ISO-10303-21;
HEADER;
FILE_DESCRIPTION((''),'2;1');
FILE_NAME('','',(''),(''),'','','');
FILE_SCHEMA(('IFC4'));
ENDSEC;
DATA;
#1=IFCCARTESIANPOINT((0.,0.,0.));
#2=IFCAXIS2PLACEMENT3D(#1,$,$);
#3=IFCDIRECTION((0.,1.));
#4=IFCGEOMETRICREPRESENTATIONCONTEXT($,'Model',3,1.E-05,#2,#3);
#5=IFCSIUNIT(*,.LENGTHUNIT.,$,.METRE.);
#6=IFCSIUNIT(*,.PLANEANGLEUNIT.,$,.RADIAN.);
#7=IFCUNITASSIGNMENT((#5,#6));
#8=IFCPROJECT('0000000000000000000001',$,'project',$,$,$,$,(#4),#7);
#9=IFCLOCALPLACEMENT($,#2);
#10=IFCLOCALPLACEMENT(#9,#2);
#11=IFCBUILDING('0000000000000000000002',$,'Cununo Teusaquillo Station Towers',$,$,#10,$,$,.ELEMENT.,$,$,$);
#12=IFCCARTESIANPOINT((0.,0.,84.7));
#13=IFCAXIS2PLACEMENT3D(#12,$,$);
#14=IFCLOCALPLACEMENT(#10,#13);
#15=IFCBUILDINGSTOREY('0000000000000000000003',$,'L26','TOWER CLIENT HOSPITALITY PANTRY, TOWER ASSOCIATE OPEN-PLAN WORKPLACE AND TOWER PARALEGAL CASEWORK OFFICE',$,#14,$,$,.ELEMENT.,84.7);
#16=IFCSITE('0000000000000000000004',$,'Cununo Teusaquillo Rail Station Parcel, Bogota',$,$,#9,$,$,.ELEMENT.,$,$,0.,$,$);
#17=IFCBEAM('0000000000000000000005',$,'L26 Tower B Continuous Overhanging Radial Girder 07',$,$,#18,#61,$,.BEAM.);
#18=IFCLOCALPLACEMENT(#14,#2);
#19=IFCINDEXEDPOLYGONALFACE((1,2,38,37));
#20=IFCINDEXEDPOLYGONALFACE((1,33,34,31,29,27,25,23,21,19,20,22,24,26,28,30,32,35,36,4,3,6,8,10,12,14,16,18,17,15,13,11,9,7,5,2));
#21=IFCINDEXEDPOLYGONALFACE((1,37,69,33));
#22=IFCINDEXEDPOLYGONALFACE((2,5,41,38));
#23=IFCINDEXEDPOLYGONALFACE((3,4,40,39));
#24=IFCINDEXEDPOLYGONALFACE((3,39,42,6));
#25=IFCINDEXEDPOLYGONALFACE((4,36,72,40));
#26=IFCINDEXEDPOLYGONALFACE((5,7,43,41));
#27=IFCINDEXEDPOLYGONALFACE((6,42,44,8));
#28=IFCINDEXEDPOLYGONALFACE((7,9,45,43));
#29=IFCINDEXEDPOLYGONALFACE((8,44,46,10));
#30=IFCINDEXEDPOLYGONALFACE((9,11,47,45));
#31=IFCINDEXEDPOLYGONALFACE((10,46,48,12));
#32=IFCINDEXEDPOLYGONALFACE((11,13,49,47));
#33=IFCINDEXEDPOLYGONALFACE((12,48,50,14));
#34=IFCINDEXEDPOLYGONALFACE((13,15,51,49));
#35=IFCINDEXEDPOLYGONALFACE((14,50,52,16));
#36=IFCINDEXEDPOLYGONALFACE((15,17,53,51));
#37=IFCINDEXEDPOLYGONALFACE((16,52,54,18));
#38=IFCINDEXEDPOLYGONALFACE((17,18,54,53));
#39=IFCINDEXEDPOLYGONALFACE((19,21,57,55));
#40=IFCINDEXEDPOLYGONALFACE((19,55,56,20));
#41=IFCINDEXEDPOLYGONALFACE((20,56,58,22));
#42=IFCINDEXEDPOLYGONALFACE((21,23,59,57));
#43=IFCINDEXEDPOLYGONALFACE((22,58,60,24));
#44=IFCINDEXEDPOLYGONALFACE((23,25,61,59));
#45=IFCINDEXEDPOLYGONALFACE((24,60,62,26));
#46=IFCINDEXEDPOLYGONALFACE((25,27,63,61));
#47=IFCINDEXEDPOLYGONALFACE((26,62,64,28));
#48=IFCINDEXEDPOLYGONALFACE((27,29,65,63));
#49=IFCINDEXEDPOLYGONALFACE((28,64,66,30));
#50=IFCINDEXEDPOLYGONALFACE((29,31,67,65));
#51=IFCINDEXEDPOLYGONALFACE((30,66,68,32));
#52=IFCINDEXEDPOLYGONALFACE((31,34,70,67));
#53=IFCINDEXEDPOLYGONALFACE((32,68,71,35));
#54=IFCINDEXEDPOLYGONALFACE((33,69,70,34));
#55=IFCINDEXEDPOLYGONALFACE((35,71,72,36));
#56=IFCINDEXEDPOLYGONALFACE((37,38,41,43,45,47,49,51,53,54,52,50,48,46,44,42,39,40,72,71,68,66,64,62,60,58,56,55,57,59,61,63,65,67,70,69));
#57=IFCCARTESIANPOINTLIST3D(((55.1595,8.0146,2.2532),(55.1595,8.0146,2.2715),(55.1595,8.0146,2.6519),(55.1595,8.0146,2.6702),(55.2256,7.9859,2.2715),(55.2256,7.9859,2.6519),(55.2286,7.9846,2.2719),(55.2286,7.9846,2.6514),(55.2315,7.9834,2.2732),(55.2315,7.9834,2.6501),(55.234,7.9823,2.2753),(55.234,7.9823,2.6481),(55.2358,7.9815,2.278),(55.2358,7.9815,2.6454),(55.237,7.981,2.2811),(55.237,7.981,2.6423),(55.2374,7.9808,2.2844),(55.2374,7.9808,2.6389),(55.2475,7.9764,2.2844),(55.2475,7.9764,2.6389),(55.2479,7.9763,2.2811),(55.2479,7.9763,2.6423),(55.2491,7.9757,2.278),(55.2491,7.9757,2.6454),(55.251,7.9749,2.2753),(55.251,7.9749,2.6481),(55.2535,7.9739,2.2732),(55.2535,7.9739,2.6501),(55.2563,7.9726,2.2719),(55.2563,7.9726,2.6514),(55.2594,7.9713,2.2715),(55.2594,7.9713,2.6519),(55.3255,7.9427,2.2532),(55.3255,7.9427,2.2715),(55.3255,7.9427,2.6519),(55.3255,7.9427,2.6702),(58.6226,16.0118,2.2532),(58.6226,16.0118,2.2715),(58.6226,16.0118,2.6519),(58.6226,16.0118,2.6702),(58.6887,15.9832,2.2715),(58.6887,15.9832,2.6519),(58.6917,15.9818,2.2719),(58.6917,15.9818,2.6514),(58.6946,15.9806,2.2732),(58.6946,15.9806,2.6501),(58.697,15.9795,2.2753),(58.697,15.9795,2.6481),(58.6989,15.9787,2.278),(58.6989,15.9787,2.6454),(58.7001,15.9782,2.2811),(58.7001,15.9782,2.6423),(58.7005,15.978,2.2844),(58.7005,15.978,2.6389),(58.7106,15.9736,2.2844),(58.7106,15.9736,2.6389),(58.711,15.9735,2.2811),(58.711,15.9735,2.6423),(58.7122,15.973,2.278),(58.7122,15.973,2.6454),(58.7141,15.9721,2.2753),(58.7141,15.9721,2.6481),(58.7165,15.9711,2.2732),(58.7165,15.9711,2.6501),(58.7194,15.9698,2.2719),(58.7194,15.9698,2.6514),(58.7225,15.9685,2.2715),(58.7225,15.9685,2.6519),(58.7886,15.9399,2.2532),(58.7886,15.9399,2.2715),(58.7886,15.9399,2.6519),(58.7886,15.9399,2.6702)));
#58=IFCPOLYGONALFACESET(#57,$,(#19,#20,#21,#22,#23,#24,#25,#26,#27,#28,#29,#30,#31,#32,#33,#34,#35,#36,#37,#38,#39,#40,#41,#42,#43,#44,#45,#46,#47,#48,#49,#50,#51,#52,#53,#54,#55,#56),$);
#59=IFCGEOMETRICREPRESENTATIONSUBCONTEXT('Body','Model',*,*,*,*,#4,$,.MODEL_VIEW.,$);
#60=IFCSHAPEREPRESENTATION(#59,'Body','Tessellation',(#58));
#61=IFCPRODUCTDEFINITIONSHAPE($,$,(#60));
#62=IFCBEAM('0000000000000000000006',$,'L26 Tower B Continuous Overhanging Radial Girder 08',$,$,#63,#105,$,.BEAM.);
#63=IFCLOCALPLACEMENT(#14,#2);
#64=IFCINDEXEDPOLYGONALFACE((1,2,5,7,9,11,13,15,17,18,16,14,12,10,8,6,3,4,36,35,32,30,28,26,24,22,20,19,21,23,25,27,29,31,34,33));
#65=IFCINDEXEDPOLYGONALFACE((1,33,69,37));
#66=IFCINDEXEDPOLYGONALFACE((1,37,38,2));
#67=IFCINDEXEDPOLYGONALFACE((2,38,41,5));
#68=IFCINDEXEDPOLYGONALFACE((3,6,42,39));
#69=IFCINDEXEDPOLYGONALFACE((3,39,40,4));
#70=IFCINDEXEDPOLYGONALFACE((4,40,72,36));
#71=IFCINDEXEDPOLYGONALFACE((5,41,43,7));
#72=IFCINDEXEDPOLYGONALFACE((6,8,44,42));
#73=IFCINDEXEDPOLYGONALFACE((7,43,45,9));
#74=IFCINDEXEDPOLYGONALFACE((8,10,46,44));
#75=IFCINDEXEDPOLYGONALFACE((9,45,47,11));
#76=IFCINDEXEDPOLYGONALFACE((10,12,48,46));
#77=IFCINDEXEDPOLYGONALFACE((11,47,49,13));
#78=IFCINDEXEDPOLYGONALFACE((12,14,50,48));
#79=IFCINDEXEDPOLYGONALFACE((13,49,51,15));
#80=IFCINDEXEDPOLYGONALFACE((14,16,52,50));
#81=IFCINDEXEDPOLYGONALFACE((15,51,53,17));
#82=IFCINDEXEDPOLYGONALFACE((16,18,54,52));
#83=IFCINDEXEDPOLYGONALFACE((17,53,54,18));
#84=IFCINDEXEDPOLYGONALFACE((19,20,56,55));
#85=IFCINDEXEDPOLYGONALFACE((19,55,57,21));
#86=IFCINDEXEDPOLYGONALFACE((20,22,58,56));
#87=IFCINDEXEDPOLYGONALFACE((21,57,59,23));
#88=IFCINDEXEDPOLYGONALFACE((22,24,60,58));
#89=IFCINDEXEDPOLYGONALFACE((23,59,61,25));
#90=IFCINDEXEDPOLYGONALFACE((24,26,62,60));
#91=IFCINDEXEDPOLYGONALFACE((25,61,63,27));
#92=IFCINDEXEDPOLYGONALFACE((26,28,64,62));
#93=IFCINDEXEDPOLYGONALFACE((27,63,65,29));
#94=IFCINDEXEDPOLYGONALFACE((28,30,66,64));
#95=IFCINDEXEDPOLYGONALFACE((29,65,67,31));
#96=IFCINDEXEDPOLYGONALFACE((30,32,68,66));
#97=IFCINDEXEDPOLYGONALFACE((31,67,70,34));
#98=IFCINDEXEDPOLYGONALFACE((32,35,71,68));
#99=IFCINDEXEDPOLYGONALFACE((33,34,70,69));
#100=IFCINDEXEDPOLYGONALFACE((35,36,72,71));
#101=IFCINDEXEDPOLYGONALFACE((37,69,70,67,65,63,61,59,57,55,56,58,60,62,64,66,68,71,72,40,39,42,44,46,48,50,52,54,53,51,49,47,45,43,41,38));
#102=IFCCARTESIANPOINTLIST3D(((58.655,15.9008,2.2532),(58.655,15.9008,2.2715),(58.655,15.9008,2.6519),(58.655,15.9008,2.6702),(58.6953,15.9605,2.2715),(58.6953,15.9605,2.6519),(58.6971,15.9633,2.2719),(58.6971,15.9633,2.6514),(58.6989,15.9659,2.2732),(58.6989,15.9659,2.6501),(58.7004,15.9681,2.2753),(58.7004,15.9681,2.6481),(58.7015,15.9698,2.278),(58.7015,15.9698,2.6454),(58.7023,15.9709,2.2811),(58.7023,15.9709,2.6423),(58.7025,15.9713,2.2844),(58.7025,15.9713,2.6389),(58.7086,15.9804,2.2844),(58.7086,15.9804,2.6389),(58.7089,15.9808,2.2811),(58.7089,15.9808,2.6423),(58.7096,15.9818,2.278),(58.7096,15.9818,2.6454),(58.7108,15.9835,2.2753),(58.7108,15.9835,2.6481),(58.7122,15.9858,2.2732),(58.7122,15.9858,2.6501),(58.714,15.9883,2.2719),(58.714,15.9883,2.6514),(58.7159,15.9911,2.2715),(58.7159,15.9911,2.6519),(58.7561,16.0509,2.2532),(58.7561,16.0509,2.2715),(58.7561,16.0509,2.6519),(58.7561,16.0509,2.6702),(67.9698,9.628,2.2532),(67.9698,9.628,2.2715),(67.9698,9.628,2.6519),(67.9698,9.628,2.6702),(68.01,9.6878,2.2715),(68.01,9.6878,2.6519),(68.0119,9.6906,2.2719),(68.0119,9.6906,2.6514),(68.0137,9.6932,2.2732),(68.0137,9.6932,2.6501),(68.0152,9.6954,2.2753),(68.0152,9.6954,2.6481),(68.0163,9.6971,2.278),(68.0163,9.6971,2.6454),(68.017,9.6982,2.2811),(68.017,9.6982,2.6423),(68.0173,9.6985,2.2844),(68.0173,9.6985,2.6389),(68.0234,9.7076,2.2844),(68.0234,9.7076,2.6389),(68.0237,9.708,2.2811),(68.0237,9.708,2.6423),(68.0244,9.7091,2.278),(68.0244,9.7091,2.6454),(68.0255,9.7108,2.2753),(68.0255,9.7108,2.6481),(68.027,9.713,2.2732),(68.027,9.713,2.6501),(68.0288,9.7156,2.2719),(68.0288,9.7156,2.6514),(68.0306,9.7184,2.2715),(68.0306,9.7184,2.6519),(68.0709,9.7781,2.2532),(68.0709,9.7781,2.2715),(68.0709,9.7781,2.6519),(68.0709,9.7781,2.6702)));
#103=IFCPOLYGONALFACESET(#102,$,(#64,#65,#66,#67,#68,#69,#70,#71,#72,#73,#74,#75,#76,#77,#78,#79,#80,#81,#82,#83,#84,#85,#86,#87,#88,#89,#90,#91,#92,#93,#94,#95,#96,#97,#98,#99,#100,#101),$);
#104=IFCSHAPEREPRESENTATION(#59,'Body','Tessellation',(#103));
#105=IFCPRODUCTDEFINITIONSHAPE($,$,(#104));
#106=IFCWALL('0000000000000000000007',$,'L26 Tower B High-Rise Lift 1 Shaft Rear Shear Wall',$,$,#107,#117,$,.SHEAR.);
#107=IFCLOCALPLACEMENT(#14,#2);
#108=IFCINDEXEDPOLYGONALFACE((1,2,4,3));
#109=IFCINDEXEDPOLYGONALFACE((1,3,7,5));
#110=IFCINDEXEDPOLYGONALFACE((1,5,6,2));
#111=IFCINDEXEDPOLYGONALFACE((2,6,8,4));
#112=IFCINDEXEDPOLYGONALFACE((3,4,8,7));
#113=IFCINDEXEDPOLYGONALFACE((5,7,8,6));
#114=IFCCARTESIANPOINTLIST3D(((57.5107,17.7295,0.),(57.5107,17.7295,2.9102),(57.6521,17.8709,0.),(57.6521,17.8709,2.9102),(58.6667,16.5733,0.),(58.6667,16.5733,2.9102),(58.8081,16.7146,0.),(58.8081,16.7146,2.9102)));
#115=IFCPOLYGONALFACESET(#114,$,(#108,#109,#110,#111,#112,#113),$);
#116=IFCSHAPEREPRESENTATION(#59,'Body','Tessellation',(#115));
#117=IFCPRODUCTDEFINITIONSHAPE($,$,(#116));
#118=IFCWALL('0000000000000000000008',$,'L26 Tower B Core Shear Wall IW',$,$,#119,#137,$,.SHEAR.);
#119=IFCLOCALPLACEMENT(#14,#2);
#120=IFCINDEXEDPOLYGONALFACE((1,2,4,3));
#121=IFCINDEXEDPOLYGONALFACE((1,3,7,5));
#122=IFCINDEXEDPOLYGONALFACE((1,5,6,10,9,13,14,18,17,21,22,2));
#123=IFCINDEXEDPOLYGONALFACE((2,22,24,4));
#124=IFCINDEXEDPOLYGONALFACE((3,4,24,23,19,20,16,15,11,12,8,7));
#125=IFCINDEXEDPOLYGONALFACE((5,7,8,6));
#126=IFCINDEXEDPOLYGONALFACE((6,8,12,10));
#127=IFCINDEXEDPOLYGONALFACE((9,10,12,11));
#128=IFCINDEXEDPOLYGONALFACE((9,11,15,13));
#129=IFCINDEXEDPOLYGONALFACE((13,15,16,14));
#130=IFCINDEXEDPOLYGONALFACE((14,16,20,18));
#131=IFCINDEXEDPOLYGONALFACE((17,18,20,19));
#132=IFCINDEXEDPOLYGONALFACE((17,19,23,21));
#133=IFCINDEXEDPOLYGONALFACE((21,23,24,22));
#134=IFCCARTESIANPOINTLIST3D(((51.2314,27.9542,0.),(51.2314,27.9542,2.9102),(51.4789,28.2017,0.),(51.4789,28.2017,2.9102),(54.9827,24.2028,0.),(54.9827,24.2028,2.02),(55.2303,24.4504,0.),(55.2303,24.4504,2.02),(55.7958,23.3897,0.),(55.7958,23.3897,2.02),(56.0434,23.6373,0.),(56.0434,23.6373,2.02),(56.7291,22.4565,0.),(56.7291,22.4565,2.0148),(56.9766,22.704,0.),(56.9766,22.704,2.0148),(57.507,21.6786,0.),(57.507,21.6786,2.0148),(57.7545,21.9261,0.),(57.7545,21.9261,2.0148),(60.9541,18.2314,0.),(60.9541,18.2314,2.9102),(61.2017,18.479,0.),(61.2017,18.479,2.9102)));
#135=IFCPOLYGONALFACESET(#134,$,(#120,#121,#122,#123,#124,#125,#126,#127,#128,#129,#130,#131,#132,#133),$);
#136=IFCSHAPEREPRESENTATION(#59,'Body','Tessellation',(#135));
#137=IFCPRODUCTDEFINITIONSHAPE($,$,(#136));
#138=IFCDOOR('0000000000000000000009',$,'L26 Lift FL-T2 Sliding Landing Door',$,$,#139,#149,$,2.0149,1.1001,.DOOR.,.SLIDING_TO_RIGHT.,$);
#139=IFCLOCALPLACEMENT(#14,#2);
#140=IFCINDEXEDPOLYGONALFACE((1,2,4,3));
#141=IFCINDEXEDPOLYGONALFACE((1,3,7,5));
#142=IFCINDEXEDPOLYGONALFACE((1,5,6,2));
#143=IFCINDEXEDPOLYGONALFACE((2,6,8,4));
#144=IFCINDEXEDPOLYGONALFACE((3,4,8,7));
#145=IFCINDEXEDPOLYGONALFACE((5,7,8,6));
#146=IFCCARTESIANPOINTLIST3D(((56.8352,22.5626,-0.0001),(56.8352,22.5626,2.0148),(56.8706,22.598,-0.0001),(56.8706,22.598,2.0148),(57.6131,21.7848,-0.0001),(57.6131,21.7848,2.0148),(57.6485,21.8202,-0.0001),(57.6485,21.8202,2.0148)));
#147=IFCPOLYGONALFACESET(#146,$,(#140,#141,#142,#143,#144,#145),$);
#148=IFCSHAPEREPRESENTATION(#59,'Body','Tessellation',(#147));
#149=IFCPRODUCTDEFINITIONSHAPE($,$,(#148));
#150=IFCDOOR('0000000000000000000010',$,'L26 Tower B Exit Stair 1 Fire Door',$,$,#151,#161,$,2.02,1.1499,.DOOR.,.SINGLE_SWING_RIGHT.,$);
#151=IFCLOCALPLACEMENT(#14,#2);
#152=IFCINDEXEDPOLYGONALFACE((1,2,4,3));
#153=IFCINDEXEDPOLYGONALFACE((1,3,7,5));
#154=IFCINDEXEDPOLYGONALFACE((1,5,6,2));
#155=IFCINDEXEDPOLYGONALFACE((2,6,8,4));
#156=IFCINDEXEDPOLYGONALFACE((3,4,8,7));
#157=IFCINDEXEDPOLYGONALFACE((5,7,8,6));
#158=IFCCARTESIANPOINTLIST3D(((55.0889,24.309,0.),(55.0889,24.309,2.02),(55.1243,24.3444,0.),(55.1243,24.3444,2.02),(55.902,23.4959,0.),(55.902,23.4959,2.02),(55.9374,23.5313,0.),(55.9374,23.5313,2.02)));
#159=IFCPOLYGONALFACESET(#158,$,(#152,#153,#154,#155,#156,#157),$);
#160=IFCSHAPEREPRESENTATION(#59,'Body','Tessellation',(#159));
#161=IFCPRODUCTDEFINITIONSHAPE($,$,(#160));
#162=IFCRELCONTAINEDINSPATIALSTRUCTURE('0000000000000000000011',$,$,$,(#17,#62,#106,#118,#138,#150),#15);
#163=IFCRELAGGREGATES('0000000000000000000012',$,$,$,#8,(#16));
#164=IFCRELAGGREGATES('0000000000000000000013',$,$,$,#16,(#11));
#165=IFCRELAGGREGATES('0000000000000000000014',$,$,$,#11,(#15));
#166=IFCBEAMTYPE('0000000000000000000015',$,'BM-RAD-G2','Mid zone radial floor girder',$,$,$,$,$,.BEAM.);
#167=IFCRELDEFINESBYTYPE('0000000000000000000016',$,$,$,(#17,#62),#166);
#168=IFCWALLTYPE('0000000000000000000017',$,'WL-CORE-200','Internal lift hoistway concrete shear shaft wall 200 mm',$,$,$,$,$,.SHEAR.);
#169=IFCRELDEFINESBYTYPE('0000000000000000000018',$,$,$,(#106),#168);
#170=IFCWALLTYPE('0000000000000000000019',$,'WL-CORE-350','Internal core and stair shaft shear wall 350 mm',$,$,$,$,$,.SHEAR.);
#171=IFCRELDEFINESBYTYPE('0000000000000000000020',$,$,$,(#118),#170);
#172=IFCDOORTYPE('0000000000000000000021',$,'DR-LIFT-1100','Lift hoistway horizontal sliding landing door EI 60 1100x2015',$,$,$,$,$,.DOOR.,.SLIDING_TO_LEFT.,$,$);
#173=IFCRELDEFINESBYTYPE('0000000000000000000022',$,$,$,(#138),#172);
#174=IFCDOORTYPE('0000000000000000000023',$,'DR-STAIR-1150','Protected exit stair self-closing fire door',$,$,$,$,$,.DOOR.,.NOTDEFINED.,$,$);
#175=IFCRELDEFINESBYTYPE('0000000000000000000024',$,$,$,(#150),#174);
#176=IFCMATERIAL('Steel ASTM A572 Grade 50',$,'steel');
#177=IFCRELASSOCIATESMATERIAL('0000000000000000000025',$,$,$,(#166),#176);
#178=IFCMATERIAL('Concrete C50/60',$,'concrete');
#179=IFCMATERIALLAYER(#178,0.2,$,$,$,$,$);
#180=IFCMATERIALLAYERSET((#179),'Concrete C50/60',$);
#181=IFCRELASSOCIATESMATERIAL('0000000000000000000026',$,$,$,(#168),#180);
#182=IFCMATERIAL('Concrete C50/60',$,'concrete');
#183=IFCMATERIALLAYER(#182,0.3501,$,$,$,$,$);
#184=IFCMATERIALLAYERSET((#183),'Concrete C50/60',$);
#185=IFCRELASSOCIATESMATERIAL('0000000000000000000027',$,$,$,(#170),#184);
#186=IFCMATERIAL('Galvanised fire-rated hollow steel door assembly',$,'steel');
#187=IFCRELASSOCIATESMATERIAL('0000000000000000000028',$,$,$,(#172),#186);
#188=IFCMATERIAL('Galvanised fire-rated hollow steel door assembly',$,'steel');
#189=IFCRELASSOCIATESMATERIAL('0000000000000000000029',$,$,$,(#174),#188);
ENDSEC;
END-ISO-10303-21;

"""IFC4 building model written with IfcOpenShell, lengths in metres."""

from ifc_helpers import new_model, si_unit, direction, frame, frame_2d, origin, origin_2d, place, context, subcontext, project, spatial, rectangle, i_section, extrude, source, transform, mapped, material, layer, layer_set, material_profile, profile_set, type_object, element, fill, save


model = new_model("IFC4")

# Units and contexts
model_context = context("Model", 3, precision=1e-05, world=origin(), true_north=direction((0.0, 1.0)))
body_context = subcontext(model_context, "Body", "Model", "MODEL_VIEW")
ifc_project = project(units=[si_unit("LENGTHUNIT", "METRE"), si_unit("PLANEANGLEUNIT", "RADIAN")], contexts=[model_context])

# Site, building, storey
site_placement = place(None, origin())
site = spatial("IfcSite", under=ifc_project, at=site_placement, Name="Cununo Teusaquillo Rail Station Parcel, Bogota", CompositionType="ELEMENT", RefElevation=0.0)
building_placement = place(site_placement, origin())
building = spatial("IfcBuilding", under=site, at=building_placement, Name="Cununo Teusaquillo Station Towers", CompositionType="ELEMENT")
storey_placement = place(building_placement, frame((0.0, 0.0, 84.7)))
storey = spatial("IfcBuildingStorey", under=building, at=storey_placement, Name="L26", Description="TOWER CLIENT HOSPITALITY PANTRY, TOWER ASSOCIATE OPEN-PLAN WORKPLACE AND TOWER PARALEGAL CASEWORK OFFICE", CompositionType="ELEMENT", Elevation=84.7)

# Beams
ifc_material_1 = material(Name="Steel ASTM A572 Grade 50", Category="steel")
ifc_material_profile_1 = material_profile(ifc_material_1, i_section(OverallWidth=0.1809, OverallDepth=0.417, WebThickness=0.011, FlangeThickness=0.0183, FilletRadius=0.0129, at=origin_2d()), Name="W16X57")
ifc_profile_set_1 = profile_set([ifc_material_profile_1], Name="Steel ASTM A572 Grade 50")
beam_type_1 = type_object("IfcBeamType", Name="BM-RAD-G2", Description="Mid zone radial floor girder", PredefinedType="BEAM", material=ifc_profile_set_1)
beam_1_placement = place(storey_placement, frame((58.7056, 15.9758, 2.4617), z_axis=(-0.397379, -0.917655, 0.0), x_axis=(0.917655, -0.397379, 0.0)))
element("IfcBeam", 1, at=beam_1_placement, inside=storey, type_object=beam_type_1, Name="L26 Tower B Continuous Overhanging Radial Girder 07", PredefinedType="BEAM", context=body_context, shape_type="SweptSolid", body=[
    extrude(i_section(OverallWidth=0.1809, OverallDepth=0.417, WebThickness=0.011, FlangeThickness=0.0183, FilletRadius=0.0129, at=origin_2d()), origin(), (0.0, 0.0, 1.0), 8.7148),
])
beam_2_placement = place(storey_placement, frame((58.7056, 15.9758, 2.4617), z_axis=(0.829456, -0.558572, 0.0), x_axis=(0.558572, 0.829456, 0.0)))
element("IfcBeam", 2, at=beam_2_placement, inside=storey, type_object=beam_type_1, Name="L26 Tower B Continuous Overhanging Radial Girder 08", PredefinedType="BEAM", context=body_context, shape_type="SweptSolid", body=[
    extrude(i_section(OverallWidth=0.1809, OverallDepth=0.417, WebThickness=0.011, FlangeThickness=0.0183, FilletRadius=0.0129, at=origin_2d()), origin(), (0.0, 0.0, 1.0), 11.23),
])

# Wall
ifc_material_2 = material(Name="Concrete C50/60", Category="concrete")
ifc_layer_1 = layer(ifc_material_2, 0.2)
ifc_layer_set_1 = layer_set([ifc_layer_1], Name="Concrete C50/60")
wall_type_1 = type_object("IfcWallType", Name="WL-CORE-200", Description="Internal lift hoistway concrete shear shaft wall 200 mm", PredefinedType="SHEAR", material=ifc_layer_set_1)
wall_1_placement = place(storey_placement, frame((58.7373, 16.644, 0.0), z_axis=(0.0, 0.0, 1.0), x_axis=(-0.707032, 0.707181, 0.0)))
element("IfcWall", 3, at=wall_1_placement, inside=storey, type_object=wall_type_1, Name="L26 Tower B High-Rise Lift 1 Shaft Rear Shear Wall", PredefinedType="SHEAR", context=body_context, shape_type="SweptSolid", body=[
    extrude(rectangle(XDim=1.635, YDim=0.2, at=frame_2d((0.8174, 0.0))), origin(), (0.0, 0.0, 1.0), 2.9102),
])

# Wall, openings, doors
ifc_material_3 = material(Name="Concrete C50/60", Category="concrete")
ifc_layer_2 = layer(ifc_material_3, 0.3501)
ifc_layer_set_2 = layer_set([ifc_layer_2], Name="Concrete C50/60")
wall_type_2 = type_object("IfcWallType", Name="WL-CORE-350", Description="Internal core and stair shaft shear wall 350 mm", PredefinedType="SHEAR", material=ifc_layer_set_2)
wall_2_placement = place(storey_placement, frame((61.0779, 18.3552, 0.0), z_axis=(0.0, 0.0, 1.0), x_axis=(-0.707107, 0.707107, 0.0)))
wall_2 = element("IfcWall", 4, at=wall_2_placement, inside=storey, type_object=wall_type_2, Name="L26 Tower B Core Shear Wall IW", PredefinedType="SHEAR", context=body_context, shape_type="SweptSolid", body=[
    extrude(rectangle(XDim=13.75, YDim=0.3501, at=frame_2d((6.875, 0.0))), origin(), (0.0, 0.0, 1.0), 2.9102),
])
shared_shape_1 = source(origin(), body_context, "Body", "SweptSolid", [
    extrude(rectangle(XDim=1.1001, YDim=2.0149, at=frame_2d((0.55, 1.0073))), frame((0.0, 0.1851, 0.0), z_axis=(0.0, -1.0, 0.0), x_axis=(1.0, 0.0, 0.0)), (0.0, 0.0, 1.0), 0.3701),
])
opening_1_placement = place(wall_2_placement, frame((4.875, 0.0, 0.0)))
opening_1 = element("IfcOpeningElement", 5, at=opening_1_placement, cuts=wall_2, PredefinedType="OPENING", context=body_context, shape_type="MappedRepresentation", body=[
    mapped(shared_shape_1, transform((0.0, 0.0, 0.0), x_axis=(1.0, 0.0, 0.0), y_axis=(0.0, 1.0, 0.0), z_axis=(0.0, 0.0, 1.0), scale=1.0)),
])
shared_shape_2 = source(origin(), body_context, "Body", "SweptSolid", [
    extrude(rectangle(XDim=1.1499, YDim=2.02, at=frame_2d((0.575, 1.01))), frame((0.0, 0.1851, 0.0), z_axis=(0.0, -1.0, 0.0), x_axis=(1.0, 0.0, 0.0)), (0.0, 0.0, 1.0), 0.3701),
])
opening_2_placement = place(wall_2_placement, frame((7.2949, 0.0, 0.0)))
opening_2 = element("IfcOpeningElement", 6, at=opening_2_placement, cuts=wall_2, PredefinedType="OPENING", context=body_context, shape_type="MappedRepresentation", body=[
    mapped(shared_shape_2, transform((0.0, 0.0, 0.0), x_axis=(1.0, 0.0, 0.0), y_axis=(0.0, 1.0, 0.0), z_axis=(0.0, 0.0, 1.0), scale=1.0)),
])
ifc_material_4 = material(Name="Galvanised fire-rated hollow steel door assembly", Category="steel")
door_type_1 = type_object("IfcDoorType", Name="DR-LIFT-1100", Description="Lift hoistway horizontal sliding landing door EI 60 1100x2015", OperationType="SLIDING_TO_LEFT", PredefinedType="DOOR", material=ifc_material_4)
shared_shape_3 = source(origin(), body_context, "Body", "SweptSolid", [
    extrude(rectangle(XDim=1.1001, YDim=2.0149, at=frame_2d((0.55, 1.0073))), frame((0.0, 0.0249, 0.0), z_axis=(0.0, -1.0, 0.0), x_axis=(1.0, 0.0, 0.0)), (0.0, 0.0, 1.0), 0.05),
])
door_1_placement = place(opening_1_placement, origin())
door_1 = element("IfcDoor", 7, at=door_1_placement, inside=storey, type_object=door_type_1, Name="L26 Lift FL-T2 Sliding Landing Door", OperationType="SLIDING_TO_RIGHT", OverallHeight=2.0149, OverallWidth=1.1001, PredefinedType="DOOR", context=body_context, shape_type="MappedRepresentation", body=[
    mapped(shared_shape_3, transform((0.0, 0.0, 0.0), x_axis=(1.0, 0.0, 0.0), y_axis=(0.0, 1.0, 0.0), z_axis=(0.0, 0.0, 1.0), scale=1.0)),
])
fill(opening_1, door_1)
ifc_material_5 = material(Name="Galvanised fire-rated hollow steel door assembly", Category="steel")
door_type_2 = type_object("IfcDoorType", Name="DR-STAIR-1150", Description="Protected exit stair self-closing fire door", OperationType="NOTDEFINED", PredefinedType="DOOR", material=ifc_material_5)
shared_shape_4 = source(origin(), body_context, "Body", "SweptSolid", [
    extrude(rectangle(XDim=1.1499, YDim=2.02, at=frame_2d((0.575, 1.01))), frame((0.0, 0.0249, 0.0), z_axis=(0.0, -1.0, 0.0), x_axis=(1.0, 0.0, 0.0)), (0.0, 0.0, 1.0), 0.05),
])
door_2_placement = place(opening_2_placement, origin())
door_2 = element("IfcDoor", 8, at=door_2_placement, inside=storey, type_object=door_type_2, Name="L26 Tower B Exit Stair 1 Fire Door", OperationType="SINGLE_SWING_RIGHT", OverallHeight=2.02, OverallWidth=1.1499, PredefinedType="DOOR", context=body_context, shape_type="MappedRepresentation", body=[
    mapped(shared_shape_4, transform((0.0, 0.0, 0.0), x_axis=(1.0, 0.0, 0.0), y_axis=(0.0, 1.0, 0.0), z_axis=(0.0, 0.0, 1.0), scale=1.0)),
])
fill(opening_2, door_2)

save(model, "model.ifc")
